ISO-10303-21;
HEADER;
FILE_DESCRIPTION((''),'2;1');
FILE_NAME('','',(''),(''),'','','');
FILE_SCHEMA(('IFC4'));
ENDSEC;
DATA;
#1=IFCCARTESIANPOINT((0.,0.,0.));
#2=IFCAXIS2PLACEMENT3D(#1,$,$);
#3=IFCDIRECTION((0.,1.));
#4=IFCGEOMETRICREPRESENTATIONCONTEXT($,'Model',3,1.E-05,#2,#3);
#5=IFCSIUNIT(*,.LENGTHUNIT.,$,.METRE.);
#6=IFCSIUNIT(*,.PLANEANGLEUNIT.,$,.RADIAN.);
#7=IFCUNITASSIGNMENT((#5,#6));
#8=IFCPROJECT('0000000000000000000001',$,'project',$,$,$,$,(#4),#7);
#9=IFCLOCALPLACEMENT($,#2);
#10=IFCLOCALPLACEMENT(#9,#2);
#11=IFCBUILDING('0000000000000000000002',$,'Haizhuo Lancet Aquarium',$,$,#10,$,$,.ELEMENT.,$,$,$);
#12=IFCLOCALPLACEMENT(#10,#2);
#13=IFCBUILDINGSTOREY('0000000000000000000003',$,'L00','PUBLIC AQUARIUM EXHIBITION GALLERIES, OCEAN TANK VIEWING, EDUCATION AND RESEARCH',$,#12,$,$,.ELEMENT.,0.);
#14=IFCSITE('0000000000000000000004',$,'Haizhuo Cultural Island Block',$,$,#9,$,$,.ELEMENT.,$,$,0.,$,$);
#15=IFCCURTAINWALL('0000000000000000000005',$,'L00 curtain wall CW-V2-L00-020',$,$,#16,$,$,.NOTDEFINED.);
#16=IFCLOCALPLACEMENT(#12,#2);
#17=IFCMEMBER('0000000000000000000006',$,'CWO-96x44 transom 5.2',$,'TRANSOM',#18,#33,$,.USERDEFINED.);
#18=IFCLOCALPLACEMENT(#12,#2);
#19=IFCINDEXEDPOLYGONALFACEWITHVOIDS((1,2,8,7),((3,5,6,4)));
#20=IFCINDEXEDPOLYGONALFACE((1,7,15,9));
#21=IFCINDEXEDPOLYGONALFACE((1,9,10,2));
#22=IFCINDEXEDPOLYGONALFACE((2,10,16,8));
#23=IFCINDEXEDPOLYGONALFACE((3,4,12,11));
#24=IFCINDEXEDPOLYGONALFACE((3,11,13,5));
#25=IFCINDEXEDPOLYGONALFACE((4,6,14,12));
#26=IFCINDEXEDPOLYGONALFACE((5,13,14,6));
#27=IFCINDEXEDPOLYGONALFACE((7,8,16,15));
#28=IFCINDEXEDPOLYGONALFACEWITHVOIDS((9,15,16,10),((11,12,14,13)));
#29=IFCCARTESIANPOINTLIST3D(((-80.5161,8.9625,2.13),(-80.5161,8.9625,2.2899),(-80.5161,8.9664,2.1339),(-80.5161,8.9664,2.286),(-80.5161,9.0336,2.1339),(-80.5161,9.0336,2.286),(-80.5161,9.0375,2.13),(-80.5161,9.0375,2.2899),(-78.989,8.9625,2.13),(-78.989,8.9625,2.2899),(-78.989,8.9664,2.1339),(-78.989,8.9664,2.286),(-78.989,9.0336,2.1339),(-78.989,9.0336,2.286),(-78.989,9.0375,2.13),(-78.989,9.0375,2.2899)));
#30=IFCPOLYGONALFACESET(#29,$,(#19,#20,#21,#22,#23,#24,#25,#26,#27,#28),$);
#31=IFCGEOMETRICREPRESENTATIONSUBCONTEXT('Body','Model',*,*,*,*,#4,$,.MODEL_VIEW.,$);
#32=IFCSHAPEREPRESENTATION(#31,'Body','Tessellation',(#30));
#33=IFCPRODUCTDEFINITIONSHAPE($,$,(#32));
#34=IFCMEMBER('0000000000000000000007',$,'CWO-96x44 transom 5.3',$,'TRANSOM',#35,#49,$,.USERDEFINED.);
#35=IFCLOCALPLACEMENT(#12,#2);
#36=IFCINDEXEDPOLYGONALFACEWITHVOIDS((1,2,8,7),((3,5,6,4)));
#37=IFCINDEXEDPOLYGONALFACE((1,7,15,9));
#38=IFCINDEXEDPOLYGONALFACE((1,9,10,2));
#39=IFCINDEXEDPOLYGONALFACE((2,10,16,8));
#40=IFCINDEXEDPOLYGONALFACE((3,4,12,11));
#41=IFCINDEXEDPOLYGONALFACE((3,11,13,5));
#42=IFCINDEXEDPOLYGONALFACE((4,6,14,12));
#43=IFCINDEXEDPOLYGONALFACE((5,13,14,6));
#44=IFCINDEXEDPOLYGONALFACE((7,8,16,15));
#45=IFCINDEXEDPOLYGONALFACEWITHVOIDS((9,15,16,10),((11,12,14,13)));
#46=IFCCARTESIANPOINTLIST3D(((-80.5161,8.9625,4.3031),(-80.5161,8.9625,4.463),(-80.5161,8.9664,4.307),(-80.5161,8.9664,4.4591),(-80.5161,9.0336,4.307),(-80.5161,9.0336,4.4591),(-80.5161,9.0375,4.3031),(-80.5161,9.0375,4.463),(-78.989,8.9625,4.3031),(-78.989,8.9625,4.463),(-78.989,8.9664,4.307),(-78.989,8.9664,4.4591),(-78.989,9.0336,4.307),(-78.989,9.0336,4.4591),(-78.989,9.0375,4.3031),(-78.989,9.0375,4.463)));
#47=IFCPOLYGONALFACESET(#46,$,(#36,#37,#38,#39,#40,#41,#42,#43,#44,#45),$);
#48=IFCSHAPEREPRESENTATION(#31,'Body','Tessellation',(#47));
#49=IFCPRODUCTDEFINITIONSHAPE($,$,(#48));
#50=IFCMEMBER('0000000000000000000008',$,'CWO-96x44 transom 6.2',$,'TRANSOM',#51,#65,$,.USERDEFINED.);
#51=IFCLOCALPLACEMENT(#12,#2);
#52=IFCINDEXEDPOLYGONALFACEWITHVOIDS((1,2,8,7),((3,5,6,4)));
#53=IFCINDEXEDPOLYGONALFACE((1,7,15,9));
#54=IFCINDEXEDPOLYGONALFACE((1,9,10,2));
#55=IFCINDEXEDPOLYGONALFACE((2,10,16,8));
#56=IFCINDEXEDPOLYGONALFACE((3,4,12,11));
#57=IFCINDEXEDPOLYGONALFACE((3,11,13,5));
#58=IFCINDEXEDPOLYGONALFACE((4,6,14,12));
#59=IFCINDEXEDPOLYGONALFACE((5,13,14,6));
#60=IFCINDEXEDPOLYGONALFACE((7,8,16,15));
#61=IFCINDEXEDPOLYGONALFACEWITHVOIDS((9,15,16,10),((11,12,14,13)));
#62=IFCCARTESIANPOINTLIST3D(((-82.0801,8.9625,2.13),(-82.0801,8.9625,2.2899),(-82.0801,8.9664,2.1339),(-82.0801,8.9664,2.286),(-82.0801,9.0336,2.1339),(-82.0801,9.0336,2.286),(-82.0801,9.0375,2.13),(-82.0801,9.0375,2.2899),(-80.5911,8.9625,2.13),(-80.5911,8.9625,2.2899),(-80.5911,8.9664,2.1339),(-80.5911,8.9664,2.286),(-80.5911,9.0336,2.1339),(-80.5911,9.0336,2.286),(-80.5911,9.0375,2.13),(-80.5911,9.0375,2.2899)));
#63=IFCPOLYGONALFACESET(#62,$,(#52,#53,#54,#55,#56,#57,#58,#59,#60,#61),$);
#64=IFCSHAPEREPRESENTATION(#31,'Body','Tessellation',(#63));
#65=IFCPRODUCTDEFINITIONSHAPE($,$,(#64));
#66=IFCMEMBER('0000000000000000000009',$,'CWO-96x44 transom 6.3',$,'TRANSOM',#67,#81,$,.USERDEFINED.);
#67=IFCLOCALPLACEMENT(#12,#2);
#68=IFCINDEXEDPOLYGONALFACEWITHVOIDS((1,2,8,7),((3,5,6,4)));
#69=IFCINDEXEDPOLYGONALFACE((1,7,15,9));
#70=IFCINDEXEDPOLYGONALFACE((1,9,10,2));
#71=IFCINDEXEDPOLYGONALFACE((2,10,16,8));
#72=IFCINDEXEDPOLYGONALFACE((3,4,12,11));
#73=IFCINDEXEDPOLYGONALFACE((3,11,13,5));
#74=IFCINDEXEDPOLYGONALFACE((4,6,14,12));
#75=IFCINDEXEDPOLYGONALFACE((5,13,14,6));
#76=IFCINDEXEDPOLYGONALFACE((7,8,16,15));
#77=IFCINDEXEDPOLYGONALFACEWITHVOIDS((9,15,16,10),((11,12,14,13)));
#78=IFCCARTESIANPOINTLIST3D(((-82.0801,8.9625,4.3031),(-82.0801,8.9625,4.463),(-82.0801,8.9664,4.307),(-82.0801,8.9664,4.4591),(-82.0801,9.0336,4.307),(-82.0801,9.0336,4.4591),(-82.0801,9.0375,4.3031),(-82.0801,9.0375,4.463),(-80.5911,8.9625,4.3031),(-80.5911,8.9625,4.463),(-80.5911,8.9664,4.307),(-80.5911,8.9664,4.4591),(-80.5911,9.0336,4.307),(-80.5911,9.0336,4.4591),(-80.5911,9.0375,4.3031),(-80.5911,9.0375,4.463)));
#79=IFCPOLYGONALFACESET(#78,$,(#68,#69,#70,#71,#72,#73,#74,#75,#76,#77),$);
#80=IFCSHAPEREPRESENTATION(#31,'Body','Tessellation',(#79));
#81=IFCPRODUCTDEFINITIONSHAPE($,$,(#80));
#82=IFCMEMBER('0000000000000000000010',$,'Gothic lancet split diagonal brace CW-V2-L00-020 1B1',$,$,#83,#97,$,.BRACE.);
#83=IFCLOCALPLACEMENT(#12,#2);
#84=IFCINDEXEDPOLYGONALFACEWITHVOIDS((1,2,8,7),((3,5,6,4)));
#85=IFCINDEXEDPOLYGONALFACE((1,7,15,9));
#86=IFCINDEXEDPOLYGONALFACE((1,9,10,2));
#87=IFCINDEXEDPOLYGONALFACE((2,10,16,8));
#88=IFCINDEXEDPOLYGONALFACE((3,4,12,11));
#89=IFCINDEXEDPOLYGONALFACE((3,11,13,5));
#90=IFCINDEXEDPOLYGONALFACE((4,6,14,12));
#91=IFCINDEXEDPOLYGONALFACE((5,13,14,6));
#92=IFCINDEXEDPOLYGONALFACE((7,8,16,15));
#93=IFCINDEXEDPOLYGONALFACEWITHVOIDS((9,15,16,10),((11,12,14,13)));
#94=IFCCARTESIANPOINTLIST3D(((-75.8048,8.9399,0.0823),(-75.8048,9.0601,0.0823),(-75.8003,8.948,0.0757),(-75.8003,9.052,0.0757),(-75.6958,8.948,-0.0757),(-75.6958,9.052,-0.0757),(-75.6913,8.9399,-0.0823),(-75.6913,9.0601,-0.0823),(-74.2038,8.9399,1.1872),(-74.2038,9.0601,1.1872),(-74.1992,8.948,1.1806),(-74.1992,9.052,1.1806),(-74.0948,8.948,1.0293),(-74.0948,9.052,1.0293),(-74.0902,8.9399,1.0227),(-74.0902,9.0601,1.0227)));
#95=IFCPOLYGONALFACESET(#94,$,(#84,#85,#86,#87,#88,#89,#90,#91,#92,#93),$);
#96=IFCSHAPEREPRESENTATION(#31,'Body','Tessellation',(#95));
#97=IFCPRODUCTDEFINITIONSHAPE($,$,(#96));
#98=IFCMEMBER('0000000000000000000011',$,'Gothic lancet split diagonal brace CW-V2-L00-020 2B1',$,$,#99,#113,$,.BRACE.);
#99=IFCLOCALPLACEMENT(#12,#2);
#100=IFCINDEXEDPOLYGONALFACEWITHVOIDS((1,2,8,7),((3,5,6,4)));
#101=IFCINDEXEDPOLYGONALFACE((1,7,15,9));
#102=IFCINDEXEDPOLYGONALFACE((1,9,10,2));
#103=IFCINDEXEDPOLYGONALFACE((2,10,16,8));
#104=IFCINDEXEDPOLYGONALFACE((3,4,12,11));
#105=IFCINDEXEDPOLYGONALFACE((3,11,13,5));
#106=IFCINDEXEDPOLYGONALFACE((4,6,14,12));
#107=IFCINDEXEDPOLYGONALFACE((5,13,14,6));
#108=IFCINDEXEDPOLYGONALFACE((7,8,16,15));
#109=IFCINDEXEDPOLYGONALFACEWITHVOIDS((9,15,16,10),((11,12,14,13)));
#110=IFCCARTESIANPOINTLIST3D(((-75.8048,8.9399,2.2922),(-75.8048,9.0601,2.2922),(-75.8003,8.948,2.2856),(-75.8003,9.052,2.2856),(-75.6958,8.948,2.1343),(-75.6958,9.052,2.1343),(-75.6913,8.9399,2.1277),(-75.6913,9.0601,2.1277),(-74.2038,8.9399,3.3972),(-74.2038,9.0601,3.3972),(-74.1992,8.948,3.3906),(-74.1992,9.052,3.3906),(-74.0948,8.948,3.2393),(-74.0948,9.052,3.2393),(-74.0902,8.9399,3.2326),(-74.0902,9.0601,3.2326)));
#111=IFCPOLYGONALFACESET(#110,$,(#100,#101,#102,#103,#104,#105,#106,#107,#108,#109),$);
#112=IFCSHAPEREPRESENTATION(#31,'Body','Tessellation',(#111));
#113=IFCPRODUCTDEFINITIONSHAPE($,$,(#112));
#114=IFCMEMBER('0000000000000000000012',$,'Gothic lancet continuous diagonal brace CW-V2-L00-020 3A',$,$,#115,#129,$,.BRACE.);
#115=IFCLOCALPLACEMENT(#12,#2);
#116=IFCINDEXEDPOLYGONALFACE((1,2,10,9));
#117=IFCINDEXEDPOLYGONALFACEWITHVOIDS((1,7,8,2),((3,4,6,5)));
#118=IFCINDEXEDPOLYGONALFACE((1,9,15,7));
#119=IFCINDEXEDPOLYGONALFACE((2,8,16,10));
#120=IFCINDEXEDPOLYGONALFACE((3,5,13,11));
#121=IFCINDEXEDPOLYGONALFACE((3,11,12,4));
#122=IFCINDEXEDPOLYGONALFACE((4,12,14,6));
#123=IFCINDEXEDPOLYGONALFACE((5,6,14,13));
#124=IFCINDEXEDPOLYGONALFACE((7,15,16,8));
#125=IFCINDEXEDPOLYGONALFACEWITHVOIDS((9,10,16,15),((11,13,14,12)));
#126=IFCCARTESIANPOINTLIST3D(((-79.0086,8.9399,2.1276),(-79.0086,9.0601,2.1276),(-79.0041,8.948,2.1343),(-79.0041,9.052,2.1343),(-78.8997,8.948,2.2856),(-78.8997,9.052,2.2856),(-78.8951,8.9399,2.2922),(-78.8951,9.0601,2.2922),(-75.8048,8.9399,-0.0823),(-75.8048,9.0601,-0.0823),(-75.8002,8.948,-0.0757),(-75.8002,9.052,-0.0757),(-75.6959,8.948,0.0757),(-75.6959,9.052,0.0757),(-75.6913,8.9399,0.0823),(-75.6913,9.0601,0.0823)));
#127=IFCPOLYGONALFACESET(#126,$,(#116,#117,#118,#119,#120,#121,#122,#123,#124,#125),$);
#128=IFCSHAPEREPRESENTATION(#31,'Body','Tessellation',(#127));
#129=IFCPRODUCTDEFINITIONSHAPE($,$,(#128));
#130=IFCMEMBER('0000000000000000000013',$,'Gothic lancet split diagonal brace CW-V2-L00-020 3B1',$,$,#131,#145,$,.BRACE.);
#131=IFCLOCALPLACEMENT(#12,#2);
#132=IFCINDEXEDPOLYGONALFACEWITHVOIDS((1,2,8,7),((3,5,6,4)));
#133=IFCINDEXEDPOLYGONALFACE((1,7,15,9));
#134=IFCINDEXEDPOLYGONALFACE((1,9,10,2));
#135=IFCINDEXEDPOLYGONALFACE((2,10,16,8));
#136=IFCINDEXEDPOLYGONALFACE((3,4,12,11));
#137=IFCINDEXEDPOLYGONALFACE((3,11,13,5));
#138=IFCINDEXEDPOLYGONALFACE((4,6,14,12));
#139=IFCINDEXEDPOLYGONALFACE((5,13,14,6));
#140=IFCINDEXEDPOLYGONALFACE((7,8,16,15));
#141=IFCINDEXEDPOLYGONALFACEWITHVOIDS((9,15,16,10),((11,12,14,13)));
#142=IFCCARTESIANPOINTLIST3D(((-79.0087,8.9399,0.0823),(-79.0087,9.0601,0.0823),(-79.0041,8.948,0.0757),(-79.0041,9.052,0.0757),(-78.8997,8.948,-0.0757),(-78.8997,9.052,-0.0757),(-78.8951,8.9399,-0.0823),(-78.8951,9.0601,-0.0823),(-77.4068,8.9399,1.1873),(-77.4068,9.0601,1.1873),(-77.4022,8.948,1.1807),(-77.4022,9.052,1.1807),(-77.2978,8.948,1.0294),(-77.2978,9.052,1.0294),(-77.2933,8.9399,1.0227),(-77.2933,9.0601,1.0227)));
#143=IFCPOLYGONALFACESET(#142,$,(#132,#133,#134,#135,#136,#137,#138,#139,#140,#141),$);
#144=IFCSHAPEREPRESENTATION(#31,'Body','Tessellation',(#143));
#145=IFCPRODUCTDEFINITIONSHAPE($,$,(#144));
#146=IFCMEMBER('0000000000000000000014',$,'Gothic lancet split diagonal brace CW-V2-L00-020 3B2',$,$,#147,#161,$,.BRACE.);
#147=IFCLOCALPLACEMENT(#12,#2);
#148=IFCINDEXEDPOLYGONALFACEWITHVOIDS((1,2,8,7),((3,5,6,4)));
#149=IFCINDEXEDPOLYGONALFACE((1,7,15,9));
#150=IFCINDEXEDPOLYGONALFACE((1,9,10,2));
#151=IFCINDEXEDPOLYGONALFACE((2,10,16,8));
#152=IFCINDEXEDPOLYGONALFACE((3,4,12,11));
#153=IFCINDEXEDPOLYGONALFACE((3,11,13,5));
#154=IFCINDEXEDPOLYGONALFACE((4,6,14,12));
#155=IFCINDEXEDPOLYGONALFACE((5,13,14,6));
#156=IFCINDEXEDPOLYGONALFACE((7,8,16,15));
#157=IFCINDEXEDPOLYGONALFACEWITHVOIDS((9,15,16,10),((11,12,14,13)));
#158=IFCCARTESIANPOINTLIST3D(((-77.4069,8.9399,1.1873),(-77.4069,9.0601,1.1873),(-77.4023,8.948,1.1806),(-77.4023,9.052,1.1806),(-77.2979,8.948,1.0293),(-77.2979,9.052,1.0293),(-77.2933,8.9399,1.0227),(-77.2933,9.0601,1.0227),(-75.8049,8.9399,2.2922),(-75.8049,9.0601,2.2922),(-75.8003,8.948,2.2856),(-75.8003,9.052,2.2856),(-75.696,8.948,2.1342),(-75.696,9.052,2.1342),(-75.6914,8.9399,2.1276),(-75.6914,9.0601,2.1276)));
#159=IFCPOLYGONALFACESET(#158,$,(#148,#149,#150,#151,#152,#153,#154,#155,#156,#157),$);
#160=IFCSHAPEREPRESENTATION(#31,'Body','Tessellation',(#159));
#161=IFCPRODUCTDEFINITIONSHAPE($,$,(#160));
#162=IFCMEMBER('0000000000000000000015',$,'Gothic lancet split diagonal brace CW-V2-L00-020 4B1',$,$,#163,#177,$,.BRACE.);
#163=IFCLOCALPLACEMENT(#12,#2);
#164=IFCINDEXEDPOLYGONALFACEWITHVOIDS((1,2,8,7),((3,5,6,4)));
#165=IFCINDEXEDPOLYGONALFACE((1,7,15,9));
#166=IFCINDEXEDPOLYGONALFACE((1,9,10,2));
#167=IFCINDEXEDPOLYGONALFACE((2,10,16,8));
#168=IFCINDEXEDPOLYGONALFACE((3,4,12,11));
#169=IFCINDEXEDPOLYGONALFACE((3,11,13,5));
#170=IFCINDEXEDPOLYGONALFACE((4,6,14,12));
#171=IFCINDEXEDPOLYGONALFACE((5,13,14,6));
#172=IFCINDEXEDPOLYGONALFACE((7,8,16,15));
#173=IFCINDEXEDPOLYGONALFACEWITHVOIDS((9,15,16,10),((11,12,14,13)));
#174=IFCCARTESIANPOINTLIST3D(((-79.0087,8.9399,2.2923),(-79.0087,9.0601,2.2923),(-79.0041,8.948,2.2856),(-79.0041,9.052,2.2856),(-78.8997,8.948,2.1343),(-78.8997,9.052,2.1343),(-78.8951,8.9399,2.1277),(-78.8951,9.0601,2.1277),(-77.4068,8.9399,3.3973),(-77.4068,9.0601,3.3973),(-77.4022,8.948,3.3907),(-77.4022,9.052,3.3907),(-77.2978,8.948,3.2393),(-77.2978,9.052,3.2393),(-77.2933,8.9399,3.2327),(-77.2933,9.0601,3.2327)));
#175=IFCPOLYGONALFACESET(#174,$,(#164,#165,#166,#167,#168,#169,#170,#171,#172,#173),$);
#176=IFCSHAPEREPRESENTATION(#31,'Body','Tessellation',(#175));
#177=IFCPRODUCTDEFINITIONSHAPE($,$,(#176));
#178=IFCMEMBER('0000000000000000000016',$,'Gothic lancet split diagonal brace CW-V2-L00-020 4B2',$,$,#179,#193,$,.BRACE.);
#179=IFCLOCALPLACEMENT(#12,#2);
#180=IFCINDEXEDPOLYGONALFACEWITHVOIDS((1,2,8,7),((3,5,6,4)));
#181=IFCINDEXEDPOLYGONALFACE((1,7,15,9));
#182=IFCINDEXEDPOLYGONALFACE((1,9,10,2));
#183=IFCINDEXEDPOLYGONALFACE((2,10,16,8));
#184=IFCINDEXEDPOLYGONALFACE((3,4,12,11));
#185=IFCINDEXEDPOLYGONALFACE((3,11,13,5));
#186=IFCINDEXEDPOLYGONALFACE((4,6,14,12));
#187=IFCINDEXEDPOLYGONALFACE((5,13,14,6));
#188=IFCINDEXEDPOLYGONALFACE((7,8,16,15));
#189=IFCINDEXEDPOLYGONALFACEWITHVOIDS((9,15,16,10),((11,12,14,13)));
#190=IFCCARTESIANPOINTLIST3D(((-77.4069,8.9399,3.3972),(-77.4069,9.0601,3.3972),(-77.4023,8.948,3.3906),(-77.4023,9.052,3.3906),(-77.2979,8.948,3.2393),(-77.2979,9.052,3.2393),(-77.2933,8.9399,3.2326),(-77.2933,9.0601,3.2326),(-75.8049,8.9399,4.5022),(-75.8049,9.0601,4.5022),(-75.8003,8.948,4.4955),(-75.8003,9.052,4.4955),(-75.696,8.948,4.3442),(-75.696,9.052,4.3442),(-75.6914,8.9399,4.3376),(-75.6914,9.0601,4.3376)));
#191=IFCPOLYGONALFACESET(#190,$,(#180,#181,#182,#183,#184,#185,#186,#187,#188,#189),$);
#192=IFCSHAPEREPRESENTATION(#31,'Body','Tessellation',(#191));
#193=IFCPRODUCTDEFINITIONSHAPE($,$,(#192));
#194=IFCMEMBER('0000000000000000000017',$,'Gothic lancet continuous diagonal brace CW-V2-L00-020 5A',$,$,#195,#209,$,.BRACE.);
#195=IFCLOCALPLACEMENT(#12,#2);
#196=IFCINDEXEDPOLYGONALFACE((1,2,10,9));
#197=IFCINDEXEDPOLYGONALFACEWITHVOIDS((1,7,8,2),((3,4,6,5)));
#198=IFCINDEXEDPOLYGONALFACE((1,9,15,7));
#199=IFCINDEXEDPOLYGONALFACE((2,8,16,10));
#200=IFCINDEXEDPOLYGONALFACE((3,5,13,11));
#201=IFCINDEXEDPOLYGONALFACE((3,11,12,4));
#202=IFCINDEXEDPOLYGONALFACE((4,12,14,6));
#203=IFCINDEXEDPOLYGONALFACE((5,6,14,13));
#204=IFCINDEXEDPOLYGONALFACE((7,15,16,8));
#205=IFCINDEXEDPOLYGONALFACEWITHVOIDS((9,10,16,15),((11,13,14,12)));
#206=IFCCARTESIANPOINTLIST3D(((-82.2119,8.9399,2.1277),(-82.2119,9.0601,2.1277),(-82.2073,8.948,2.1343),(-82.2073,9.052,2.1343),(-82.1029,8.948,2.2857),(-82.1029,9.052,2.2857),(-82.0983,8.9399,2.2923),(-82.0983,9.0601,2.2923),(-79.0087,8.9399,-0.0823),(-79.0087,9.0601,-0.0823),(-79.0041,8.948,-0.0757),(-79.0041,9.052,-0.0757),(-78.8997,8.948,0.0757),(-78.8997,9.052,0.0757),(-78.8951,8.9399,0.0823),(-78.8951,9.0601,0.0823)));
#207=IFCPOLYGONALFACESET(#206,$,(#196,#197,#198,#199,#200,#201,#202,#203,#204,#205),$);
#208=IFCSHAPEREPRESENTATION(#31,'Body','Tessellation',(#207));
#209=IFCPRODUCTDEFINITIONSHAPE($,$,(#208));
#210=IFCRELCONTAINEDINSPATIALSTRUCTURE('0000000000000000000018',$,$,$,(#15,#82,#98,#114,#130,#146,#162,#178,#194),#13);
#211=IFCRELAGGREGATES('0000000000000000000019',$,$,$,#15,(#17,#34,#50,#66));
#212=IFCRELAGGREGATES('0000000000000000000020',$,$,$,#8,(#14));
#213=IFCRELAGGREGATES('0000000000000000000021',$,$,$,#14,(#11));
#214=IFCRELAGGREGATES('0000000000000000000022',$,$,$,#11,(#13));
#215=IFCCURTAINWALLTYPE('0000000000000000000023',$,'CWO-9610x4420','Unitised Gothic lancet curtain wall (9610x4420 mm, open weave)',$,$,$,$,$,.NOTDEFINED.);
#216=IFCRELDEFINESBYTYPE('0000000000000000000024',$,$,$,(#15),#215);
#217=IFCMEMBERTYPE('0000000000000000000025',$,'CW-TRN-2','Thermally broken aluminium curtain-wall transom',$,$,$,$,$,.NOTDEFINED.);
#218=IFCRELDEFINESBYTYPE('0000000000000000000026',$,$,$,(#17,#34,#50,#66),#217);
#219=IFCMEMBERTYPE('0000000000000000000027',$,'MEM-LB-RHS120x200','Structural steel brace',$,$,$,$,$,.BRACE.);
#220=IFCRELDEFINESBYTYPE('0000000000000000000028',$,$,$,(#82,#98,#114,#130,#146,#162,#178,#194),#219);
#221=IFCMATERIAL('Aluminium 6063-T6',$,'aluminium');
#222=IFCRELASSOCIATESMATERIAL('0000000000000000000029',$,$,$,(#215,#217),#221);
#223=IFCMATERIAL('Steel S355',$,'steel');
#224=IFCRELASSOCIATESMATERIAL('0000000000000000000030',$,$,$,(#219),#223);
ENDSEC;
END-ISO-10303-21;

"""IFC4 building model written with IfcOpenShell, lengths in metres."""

from ifc_helpers import new_model, si_unit, direction, frame, origin, origin_2d, place, context, subcontext, project, spatial, hollow_rectangle, extrude, material, material_profile, profile_set, type_object, element, aggregate, save


model = new_model("IFC4")

# Units and contexts
model_context = context("Model", 3, precision=1e-05, world=origin(), true_north=direction((0.0, 1.0)))
body_context = subcontext(model_context, "Body", "Model", "MODEL_VIEW")
ifc_project = project(units=[si_unit("LENGTHUNIT", "METRE"), si_unit("PLANEANGLEUNIT", "RADIAN")], contexts=[model_context])

# Site, building, storey
site_placement = place(None, origin())
site = spatial("IfcSite", under=ifc_project, at=site_placement, Name="Haizhuo Cultural Island Block", CompositionType="ELEMENT", RefElevation=0.0)
building_placement = place(site_placement, origin())
building = spatial("IfcBuilding", under=site, at=building_placement, Name="Haizhuo Lancet Aquarium", CompositionType="ELEMENT")
storey_placement = place(building_placement, origin())
storey = spatial("IfcBuildingStorey", under=building, at=storey_placement, Name="L00", Description="PUBLIC AQUARIUM EXHIBITION GALLERIES, OCEAN TANK VIEWING, EDUCATION AND RESEARCH", CompositionType="ELEMENT", Elevation=0.0)

# Curtain wall, members
ifc_material_1 = material(Name="Aluminium 6063-T6", Category="aluminium")
curtain_wall_type = type_object("IfcCurtainWallType", Name="CWO-9610x4420", Description="Unitised Gothic lancet curtain wall (9610x4420 mm, open weave)", PredefinedType="NOTDEFINED", material=ifc_material_1)
curtain_wall_placement = place(storey_placement, origin())
curtain_wall = element("IfcCurtainWall", 1, at=curtain_wall_placement, inside=storey, type_object=curtain_wall_type, Name="L00 curtain wall CW-V2-L00-020", PredefinedType="NOTDEFINED")
ifc_material_profile_1 = material_profile(ifc_material_1, hollow_rectangle(XDim=0.075, YDim=0.1599, WallThickness=0.0039, at=origin_2d()), Name="ALU-T 75x160x4")
ifc_profile_set_1 = profile_set([ifc_material_profile_1], Name="Aluminium 6063-T6")
member_type_1 = type_object("IfcMemberType", Name="CW-TRN-2", Description="Thermally broken aluminium curtain-wall transom", PredefinedType="NOTDEFINED", material=ifc_profile_set_1)
member_1_placement = place(storey_placement, frame((-78.989, 9.0, 2.21), z_axis=(-1.0, 0.0, 0.0), x_axis=(0.0, -1.0, 0.0)))
member_1 = element("IfcMember", 2, at=member_1_placement, type_object=member_type_1, Name="CWO-96x44 transom 5.2", ObjectType="TRANSOM", PredefinedType="USERDEFINED", context=body_context, shape_type="SweptSolid", body=[
    extrude(hollow_rectangle(XDim=0.075, YDim=0.1599, WallThickness=0.0039, at=origin_2d()), origin(), (0.0, 0.0, 1.0), 1.5271),
])
member_2_placement = place(storey_placement, frame((-78.989, 9.0, 4.3831), z_axis=(-1.0, 0.0, 0.0), x_axis=(0.0, -1.0, 0.0)))
member_2 = element("IfcMember", 3, at=member_2_placement, type_object=member_type_1, Name="CWO-96x44 transom 5.3", ObjectType="TRANSOM", PredefinedType="USERDEFINED", context=body_context, shape_type="SweptSolid", body=[
    extrude(hollow_rectangle(XDim=0.075, YDim=0.1599, WallThickness=0.0039, at=origin_2d()), origin(), (0.0, 0.0, 1.0), 1.5271),
])
member_3_placement = place(storey_placement, frame((-80.5911, 9.0, 2.21), z_axis=(-1.0, 0.0, 0.0), x_axis=(0.0, -1.0, 0.0)))
member_3 = element("IfcMember", 4, at=member_3_placement, type_object=member_type_1, Name="CWO-96x44 transom 6.2", ObjectType="TRANSOM", PredefinedType="USERDEFINED", context=body_context, shape_type="SweptSolid", body=[
    extrude(hollow_rectangle(XDim=0.075, YDim=0.1599, WallThickness=0.0039, at=origin_2d()), origin(), (0.0, 0.0, 1.0), 1.489),
])
member_4_placement = place(storey_placement, frame((-80.5911, 9.0, 4.3831), z_axis=(-1.0, 0.0, 0.0), x_axis=(0.0, -1.0, 0.0)))
member_4 = element("IfcMember", 5, at=member_4_placement, type_object=member_type_1, Name="CWO-96x44 transom 6.3", ObjectType="TRANSOM", PredefinedType="USERDEFINED", context=body_context, shape_type="SweptSolid", body=[
    extrude(hollow_rectangle(XDim=0.075, YDim=0.1599, WallThickness=0.0039, at=origin_2d()), origin(), (0.0, 0.0, 1.0), 1.489),
])

# Members
ifc_material_2 = material(Name="Steel S355", Category="steel")
ifc_material_profile_2 = material_profile(ifc_material_2, hollow_rectangle(XDim=0.1201, YDim=0.2, WallThickness=0.0081, at=origin_2d()), Name="RHS 120x200x8")
ifc_profile_set_2 = profile_set([ifc_material_profile_2], Name="Steel S355")
member_type_2 = type_object("IfcMemberType", Name="MEM-LB-RHS120x200", Description="Structural steel brace", PredefinedType="BRACE", material=ifc_profile_set_2)
for number, where, z_axis, x_axis, name in (
    (6, (-75.748, 9.0, 0.0), (0.823023, 0.0, 0.568009), (0.0, 1.0, 0.0), "Gothic lancet split diagonal brace CW-V2-L00-020 1B1"),
    (7, (-75.748, 9.0, 2.21), (0.823023, 0.0, 0.568009), (0.0, 1.0, 0.0), "Gothic lancet split diagonal brace CW-V2-L00-020 2B1"),
):
    element("IfcMember", number, at=place(storey_placement, frame(where, z_axis=z_axis, x_axis=x_axis)), inside=storey, type_object=member_type_2, Name=name, PredefinedType="BRACE", context=body_context, shape_type="SweptSolid", body=[
        extrude(hollow_rectangle(XDim=0.1201, YDim=0.2, WallThickness=0.0081, at=origin_2d()), origin(), (0.0, 0.0, 1.0), 1.9453),
    ])
member_5_placement = place(storey_placement, frame((-75.748, 9.0, 0.0), z_axis=(-0.823164, 0.0, 0.567803), x_axis=(0.0, -1.0, 0.0)))
element("IfcMember", 8, at=member_5_placement, inside=storey, type_object=member_type_2, Name="Gothic lancet continuous diagonal brace CW-V2-L00-020 3A", PredefinedType="BRACE", context=body_context, shape_type="SweptSolid", body=[
    extrude(hollow_rectangle(XDim=0.1201, YDim=0.2, WallThickness=0.0081, at=origin_2d()), origin(), (0.0, 0.0, 1.0), 3.8921),
])
for number, where, z_axis, x_axis, name in (
    (9, (-78.9519, 9.0, 0.0), (0.823144, 0.0, 0.567833), (0.0, 1.0, 0.0), "Gothic lancet split diagonal brace CW-V2-L00-020 3B1"),
    (10, (-77.3501, 9.0, 1.105), (0.823184, 0.0, 0.567774), (0.0, 1.0, 0.0), "Gothic lancet split diagonal brace CW-V2-L00-020 3B2"),
    (11, (-78.9519, 9.0, 2.21), (0.823144, 0.0, 0.567833), (0.0, 1.0, 0.0), "Gothic lancet split diagonal brace CW-V2-L00-020 4B1"),
    (12, (-77.3501, 9.0, 3.3149), (0.823184, 0.0, 0.567774), (0.0, 1.0, 0.0), "Gothic lancet split diagonal brace CW-V2-L00-020 4B2"),
):
    element("IfcMember", number, at=place(storey_placement, frame(where, z_axis=z_axis, x_axis=x_axis)), inside=storey, type_object=member_type_2, Name=name, PredefinedType="BRACE", context=body_context, shape_type="SweptSolid", body=[
        extrude(hollow_rectangle(XDim=0.1201, YDim=0.2, WallThickness=0.0081, at=origin_2d()), origin(), (0.0, 0.0, 1.0), 1.946),
    ])
member_6_placement = place(storey_placement, frame((-78.9519, 9.0, 0.0), z_axis=(-0.823104, 0.0, 0.567891), x_axis=(0.0, -1.0, 0.0)))
element("IfcMember", 13, at=member_6_placement, inside=storey, type_object=member_type_2, Name="Gothic lancet continuous diagonal brace CW-V2-L00-020 5A", PredefinedType="BRACE", context=body_context, shape_type="SweptSolid", body=[
    extrude(hollow_rectangle(XDim=0.1201, YDim=0.2, WallThickness=0.0081, at=origin_2d()), origin(), (0.0, 0.0, 1.0), 3.8916),
])

aggregate(curtain_wall, [member_1, member_2, member_3, member_4])

save(model, "model.ifc")
